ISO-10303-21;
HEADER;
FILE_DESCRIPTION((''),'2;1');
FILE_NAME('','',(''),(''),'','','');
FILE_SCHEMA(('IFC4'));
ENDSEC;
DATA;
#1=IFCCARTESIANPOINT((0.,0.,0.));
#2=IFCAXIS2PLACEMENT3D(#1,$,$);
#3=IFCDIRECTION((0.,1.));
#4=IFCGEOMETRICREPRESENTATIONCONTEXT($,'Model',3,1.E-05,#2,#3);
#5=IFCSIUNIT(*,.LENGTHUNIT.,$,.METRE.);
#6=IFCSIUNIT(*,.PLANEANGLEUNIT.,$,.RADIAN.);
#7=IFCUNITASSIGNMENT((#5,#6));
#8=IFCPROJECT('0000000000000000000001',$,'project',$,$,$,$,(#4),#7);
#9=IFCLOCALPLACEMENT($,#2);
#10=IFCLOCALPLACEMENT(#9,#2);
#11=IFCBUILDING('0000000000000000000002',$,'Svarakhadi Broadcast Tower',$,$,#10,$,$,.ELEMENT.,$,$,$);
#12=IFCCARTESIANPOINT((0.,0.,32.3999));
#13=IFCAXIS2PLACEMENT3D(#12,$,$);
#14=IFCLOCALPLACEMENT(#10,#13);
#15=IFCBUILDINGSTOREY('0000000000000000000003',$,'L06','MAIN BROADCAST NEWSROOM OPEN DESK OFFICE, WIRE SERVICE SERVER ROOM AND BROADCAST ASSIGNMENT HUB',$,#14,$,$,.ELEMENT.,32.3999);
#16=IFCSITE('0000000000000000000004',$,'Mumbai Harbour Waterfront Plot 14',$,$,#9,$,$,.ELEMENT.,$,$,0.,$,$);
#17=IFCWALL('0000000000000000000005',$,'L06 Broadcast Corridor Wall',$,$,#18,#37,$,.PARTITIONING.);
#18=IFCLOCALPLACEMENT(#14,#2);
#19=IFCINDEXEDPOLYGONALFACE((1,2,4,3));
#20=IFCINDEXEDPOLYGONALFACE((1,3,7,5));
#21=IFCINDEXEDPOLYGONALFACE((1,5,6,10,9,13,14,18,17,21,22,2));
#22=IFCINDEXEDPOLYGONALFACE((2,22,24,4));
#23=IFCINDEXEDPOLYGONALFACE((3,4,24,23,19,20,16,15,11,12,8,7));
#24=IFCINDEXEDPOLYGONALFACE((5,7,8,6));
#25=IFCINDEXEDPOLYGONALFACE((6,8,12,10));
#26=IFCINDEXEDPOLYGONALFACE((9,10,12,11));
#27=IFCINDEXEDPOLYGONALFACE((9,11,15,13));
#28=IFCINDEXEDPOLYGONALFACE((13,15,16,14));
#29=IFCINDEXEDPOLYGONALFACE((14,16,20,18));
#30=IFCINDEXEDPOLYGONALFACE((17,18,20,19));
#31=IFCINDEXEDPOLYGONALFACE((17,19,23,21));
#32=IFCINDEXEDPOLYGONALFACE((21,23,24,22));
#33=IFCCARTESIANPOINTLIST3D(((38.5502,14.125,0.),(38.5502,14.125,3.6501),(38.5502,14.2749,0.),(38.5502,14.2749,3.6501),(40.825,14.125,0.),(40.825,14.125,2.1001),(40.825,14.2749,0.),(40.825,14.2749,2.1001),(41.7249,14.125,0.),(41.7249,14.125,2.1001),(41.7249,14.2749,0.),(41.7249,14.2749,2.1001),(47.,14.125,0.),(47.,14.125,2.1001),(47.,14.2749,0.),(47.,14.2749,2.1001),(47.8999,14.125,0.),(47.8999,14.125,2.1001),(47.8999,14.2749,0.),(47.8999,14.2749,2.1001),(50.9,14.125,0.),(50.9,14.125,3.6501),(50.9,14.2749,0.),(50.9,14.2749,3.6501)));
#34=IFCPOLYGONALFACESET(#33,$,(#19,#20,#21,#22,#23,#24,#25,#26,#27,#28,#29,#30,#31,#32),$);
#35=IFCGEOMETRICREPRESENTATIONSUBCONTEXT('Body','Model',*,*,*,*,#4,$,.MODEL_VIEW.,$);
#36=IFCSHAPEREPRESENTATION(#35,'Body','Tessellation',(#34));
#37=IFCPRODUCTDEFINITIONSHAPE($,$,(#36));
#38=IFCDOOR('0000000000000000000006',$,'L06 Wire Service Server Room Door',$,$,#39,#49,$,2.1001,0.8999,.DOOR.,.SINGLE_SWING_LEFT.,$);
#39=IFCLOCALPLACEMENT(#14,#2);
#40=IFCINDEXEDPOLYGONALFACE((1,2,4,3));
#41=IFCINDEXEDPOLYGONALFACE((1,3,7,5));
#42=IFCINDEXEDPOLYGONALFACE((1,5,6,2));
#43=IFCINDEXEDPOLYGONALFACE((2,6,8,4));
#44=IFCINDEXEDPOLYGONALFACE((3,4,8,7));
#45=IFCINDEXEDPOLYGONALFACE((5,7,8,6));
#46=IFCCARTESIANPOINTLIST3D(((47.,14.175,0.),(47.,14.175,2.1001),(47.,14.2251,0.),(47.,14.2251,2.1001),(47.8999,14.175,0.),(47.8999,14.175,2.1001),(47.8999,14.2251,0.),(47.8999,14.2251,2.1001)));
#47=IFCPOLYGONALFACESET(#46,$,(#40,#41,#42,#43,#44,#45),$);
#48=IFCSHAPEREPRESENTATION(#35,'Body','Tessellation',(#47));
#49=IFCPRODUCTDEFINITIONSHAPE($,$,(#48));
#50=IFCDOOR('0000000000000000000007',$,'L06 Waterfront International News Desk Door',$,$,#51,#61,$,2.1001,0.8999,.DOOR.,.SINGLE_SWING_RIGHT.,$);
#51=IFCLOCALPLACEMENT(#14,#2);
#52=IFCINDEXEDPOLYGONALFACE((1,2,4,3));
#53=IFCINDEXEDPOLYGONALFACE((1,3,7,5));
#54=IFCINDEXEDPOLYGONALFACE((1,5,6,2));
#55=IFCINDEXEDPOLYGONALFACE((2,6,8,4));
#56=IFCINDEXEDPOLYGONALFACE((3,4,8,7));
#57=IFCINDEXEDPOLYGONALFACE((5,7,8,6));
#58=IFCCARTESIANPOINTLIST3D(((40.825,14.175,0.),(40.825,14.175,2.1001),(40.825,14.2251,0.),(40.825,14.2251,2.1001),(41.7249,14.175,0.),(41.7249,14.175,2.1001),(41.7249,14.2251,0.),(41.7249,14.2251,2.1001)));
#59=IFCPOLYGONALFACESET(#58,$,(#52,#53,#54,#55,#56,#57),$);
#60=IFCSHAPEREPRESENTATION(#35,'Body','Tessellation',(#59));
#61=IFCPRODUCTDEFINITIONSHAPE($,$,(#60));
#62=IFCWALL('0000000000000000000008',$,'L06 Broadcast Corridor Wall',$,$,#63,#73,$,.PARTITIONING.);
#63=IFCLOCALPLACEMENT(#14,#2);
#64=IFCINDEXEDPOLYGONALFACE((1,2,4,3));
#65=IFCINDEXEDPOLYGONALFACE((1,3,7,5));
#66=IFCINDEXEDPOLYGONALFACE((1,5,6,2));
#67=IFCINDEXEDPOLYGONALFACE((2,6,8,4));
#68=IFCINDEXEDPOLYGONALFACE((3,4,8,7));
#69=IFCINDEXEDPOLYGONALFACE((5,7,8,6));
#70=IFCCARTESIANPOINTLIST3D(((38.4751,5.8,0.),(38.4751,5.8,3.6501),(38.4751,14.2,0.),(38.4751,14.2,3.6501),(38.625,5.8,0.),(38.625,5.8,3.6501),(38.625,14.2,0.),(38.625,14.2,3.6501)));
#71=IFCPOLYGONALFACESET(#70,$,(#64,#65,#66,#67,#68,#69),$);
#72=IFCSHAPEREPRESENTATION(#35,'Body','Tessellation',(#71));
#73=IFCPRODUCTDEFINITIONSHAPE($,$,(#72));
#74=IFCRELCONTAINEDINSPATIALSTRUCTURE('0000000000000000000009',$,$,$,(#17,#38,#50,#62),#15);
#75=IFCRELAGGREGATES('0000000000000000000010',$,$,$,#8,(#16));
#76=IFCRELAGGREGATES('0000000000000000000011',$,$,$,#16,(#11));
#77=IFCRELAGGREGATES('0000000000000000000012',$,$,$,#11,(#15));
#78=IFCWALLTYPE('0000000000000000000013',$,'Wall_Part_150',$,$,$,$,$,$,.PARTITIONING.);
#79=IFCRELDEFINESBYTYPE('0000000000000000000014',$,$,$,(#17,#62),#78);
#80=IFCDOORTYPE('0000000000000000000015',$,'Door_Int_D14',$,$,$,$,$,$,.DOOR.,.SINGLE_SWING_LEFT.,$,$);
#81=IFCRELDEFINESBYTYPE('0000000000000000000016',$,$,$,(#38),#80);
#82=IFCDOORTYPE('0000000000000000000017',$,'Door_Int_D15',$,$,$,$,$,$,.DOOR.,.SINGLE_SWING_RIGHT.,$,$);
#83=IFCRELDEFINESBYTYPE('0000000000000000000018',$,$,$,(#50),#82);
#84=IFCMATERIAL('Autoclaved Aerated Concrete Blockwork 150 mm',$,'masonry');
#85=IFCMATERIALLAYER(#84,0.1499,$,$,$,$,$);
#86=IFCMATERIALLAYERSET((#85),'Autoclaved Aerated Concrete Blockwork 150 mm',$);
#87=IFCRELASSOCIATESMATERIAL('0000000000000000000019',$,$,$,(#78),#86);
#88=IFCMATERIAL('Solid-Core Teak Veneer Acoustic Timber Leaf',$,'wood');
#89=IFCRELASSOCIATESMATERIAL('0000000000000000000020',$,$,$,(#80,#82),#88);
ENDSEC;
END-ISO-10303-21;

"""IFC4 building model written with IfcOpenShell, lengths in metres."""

from ifc_helpers import new_model, si_unit, direction, frame, frame_2d, origin, place, context, subcontext, project, spatial, rectangle, extrude, material, layer, layer_set, type_object, element, fill, save


model = new_model("IFC4")

# Units and contexts
model_context = context("Model", 3, precision=1e-05, world=origin(), true_north=direction((0.0, 1.0)))
body_context = subcontext(model_context, "Body", "Model", "MODEL_VIEW")
ifc_project = project(units=[si_unit("LENGTHUNIT", "METRE"), si_unit("PLANEANGLEUNIT", "RADIAN")], contexts=[model_context])

# Site, building, storey
site_placement = place(None, origin())
site = spatial("IfcSite", under=ifc_project, at=site_placement, Name="Mumbai Harbour Waterfront Plot 14", CompositionType="ELEMENT", RefElevation=0.0)
building_placement = place(site_placement, origin())
building = spatial("IfcBuilding", under=site, at=building_placement, Name="Svarakhadi Broadcast Tower", CompositionType="ELEMENT")
storey_placement = place(building_placement, frame((0.0, 0.0, 32.3999)))
storey = spatial("IfcBuildingStorey", under=building, at=storey_placement, Name="L06", Description="MAIN BROADCAST NEWSROOM OPEN DESK OFFICE, WIRE SERVICE SERVER ROOM AND BROADCAST ASSIGNMENT HUB", CompositionType="ELEMENT", Elevation=32.3999)

# Shared definitions
ifc_material_1 = material(Name="Autoclaved Aerated Concrete Blockwork 150 mm", Category="masonry")
ifc_layer_1 = layer(ifc_material_1, 0.1499)
ifc_layer_set_1 = layer_set([ifc_layer_1], Name="Autoclaved Aerated Concrete Blockwork 150 mm")
wall_type_1 = type_object("IfcWallType", Name="Wall_Part_150", PredefinedType="PARTITIONING", material=ifc_layer_set_1)

# Shared definitions
ifc_material_2 = material(Name="Solid-Core Teak Veneer Acoustic Timber Leaf", Category="wood")
door_type_1 = type_object("IfcDoorType", Name="Door_Int_D14", OperationType="SINGLE_SWING_LEFT", PredefinedType="DOOR", material=ifc_material_2)
door_type_2 = type_object("IfcDoorType", Name="Door_Int_D15", OperationType="SINGLE_SWING_RIGHT", PredefinedType="DOOR", material=ifc_material_2)

# Wall, openings, doors
wall_1_placement = place(storey_placement, frame((50.8999, 14.2, 0.0), z_axis=(0.0, 0.0, 1.0), x_axis=(-1.0, 0.0, 0.0)))
wall_1 = element("IfcWall", 1, at=wall_1_placement, inside=storey, type_object=wall_type_1, Name="L06 Broadcast Corridor Wall", PredefinedType="PARTITIONING", context=body_context, shape_type="SweptSolid", body=[
    extrude(rectangle(XDim=12.3499, YDim=0.1499, at=frame_2d((6.1748, 0.0))), origin(), (0.0, 0.0, 1.0), 3.6501),
])
opening_1_placement = place(wall_1_placement, frame((9.175, 0.0, 0.0)))
opening_1 = element("IfcOpeningElement", 2, at=opening_1_placement, cuts=wall_1, PredefinedType="OPENING", context=body_context, shape_type="SweptSolid", body=[
    extrude(rectangle(XDim=0.8999, YDim=2.1001, at=frame_2d((0.45, 1.05))), frame((0.0, 0.085, 0.0), z_axis=(0.0, -1.0, 0.0), x_axis=(1.0, 0.0, 0.0)), (0.0, 0.0, 1.0), 0.1699),
])
opening_2_placement = place(wall_1_placement, frame((3.0, 0.0, 0.0)))
opening_2 = element("IfcOpeningElement", 3, at=opening_2_placement, cuts=wall_1, PredefinedType="OPENING", context=body_context, shape_type="SweptSolid", body=[
    extrude(rectangle(XDim=0.8999, YDim=2.1001, at=frame_2d((0.45, 1.05))), frame((0.0, 0.085, 0.0), z_axis=(0.0, -1.0, 0.0), x_axis=(1.0, 0.0, 0.0)), (0.0, 0.0, 1.0), 0.1699),
])
door_1_placement = place(opening_2_placement, origin())
door_1 = element("IfcDoor", 4, at=door_1_placement, inside=storey, type_object=door_type_1, Name="L06 Wire Service Server Room Door", OperationType="SINGLE_SWING_LEFT", OverallHeight=2.1001, OverallWidth=0.8999, PredefinedType="DOOR", context=body_context, shape_type="SweptSolid", body=[
    extrude(rectangle(XDim=0.8999, YDim=2.1001, at=frame_2d((0.45, 1.05))), frame((0.0, 0.0249, 0.0), z_axis=(0.0, -1.0, 0.0), x_axis=(1.0, 0.0, 0.0)), (0.0, 0.0, 1.0), 0.05),
])
fill(opening_2, door_1)
door_2_placement = place(opening_1_placement, origin())
door_2 = element("IfcDoor", 5, at=door_2_placement, inside=storey, type_object=door_type_2, Name="L06 Waterfront International News Desk Door", OperationType="SINGLE_SWING_RIGHT", OverallHeight=2.1001, OverallWidth=0.8999, PredefinedType="DOOR", context=body_context, shape_type="SweptSolid", body=[
    extrude(rectangle(XDim=0.8999, YDim=2.1001, at=frame_2d((0.45, 1.05))), frame((0.0, 0.0249, 0.0), z_axis=(0.0, -1.0, 0.0), x_axis=(1.0, 0.0, 0.0)), (0.0, 0.0, 1.0), 0.05),
])
fill(opening_1, door_2)

# Wall
wall_2_placement = place(storey_placement, frame((38.55, 14.2, 0.0), z_axis=(0.0, 0.0, 1.0), x_axis=(0.0, -1.0, 0.0)))
element("IfcWall", 6, at=wall_2_placement, inside=storey, type_object=wall_type_1, Name="L06 Broadcast Corridor Wall", PredefinedType="PARTITIONING", context=body_context, shape_type="SweptSolid", body=[
    extrude(rectangle(XDim=8.3999, YDim=0.1499, at=frame_2d((4.2, 0.0))), origin(), (0.0, 0.0, 1.0), 3.6501),
])

save(model, "model.ifc")
